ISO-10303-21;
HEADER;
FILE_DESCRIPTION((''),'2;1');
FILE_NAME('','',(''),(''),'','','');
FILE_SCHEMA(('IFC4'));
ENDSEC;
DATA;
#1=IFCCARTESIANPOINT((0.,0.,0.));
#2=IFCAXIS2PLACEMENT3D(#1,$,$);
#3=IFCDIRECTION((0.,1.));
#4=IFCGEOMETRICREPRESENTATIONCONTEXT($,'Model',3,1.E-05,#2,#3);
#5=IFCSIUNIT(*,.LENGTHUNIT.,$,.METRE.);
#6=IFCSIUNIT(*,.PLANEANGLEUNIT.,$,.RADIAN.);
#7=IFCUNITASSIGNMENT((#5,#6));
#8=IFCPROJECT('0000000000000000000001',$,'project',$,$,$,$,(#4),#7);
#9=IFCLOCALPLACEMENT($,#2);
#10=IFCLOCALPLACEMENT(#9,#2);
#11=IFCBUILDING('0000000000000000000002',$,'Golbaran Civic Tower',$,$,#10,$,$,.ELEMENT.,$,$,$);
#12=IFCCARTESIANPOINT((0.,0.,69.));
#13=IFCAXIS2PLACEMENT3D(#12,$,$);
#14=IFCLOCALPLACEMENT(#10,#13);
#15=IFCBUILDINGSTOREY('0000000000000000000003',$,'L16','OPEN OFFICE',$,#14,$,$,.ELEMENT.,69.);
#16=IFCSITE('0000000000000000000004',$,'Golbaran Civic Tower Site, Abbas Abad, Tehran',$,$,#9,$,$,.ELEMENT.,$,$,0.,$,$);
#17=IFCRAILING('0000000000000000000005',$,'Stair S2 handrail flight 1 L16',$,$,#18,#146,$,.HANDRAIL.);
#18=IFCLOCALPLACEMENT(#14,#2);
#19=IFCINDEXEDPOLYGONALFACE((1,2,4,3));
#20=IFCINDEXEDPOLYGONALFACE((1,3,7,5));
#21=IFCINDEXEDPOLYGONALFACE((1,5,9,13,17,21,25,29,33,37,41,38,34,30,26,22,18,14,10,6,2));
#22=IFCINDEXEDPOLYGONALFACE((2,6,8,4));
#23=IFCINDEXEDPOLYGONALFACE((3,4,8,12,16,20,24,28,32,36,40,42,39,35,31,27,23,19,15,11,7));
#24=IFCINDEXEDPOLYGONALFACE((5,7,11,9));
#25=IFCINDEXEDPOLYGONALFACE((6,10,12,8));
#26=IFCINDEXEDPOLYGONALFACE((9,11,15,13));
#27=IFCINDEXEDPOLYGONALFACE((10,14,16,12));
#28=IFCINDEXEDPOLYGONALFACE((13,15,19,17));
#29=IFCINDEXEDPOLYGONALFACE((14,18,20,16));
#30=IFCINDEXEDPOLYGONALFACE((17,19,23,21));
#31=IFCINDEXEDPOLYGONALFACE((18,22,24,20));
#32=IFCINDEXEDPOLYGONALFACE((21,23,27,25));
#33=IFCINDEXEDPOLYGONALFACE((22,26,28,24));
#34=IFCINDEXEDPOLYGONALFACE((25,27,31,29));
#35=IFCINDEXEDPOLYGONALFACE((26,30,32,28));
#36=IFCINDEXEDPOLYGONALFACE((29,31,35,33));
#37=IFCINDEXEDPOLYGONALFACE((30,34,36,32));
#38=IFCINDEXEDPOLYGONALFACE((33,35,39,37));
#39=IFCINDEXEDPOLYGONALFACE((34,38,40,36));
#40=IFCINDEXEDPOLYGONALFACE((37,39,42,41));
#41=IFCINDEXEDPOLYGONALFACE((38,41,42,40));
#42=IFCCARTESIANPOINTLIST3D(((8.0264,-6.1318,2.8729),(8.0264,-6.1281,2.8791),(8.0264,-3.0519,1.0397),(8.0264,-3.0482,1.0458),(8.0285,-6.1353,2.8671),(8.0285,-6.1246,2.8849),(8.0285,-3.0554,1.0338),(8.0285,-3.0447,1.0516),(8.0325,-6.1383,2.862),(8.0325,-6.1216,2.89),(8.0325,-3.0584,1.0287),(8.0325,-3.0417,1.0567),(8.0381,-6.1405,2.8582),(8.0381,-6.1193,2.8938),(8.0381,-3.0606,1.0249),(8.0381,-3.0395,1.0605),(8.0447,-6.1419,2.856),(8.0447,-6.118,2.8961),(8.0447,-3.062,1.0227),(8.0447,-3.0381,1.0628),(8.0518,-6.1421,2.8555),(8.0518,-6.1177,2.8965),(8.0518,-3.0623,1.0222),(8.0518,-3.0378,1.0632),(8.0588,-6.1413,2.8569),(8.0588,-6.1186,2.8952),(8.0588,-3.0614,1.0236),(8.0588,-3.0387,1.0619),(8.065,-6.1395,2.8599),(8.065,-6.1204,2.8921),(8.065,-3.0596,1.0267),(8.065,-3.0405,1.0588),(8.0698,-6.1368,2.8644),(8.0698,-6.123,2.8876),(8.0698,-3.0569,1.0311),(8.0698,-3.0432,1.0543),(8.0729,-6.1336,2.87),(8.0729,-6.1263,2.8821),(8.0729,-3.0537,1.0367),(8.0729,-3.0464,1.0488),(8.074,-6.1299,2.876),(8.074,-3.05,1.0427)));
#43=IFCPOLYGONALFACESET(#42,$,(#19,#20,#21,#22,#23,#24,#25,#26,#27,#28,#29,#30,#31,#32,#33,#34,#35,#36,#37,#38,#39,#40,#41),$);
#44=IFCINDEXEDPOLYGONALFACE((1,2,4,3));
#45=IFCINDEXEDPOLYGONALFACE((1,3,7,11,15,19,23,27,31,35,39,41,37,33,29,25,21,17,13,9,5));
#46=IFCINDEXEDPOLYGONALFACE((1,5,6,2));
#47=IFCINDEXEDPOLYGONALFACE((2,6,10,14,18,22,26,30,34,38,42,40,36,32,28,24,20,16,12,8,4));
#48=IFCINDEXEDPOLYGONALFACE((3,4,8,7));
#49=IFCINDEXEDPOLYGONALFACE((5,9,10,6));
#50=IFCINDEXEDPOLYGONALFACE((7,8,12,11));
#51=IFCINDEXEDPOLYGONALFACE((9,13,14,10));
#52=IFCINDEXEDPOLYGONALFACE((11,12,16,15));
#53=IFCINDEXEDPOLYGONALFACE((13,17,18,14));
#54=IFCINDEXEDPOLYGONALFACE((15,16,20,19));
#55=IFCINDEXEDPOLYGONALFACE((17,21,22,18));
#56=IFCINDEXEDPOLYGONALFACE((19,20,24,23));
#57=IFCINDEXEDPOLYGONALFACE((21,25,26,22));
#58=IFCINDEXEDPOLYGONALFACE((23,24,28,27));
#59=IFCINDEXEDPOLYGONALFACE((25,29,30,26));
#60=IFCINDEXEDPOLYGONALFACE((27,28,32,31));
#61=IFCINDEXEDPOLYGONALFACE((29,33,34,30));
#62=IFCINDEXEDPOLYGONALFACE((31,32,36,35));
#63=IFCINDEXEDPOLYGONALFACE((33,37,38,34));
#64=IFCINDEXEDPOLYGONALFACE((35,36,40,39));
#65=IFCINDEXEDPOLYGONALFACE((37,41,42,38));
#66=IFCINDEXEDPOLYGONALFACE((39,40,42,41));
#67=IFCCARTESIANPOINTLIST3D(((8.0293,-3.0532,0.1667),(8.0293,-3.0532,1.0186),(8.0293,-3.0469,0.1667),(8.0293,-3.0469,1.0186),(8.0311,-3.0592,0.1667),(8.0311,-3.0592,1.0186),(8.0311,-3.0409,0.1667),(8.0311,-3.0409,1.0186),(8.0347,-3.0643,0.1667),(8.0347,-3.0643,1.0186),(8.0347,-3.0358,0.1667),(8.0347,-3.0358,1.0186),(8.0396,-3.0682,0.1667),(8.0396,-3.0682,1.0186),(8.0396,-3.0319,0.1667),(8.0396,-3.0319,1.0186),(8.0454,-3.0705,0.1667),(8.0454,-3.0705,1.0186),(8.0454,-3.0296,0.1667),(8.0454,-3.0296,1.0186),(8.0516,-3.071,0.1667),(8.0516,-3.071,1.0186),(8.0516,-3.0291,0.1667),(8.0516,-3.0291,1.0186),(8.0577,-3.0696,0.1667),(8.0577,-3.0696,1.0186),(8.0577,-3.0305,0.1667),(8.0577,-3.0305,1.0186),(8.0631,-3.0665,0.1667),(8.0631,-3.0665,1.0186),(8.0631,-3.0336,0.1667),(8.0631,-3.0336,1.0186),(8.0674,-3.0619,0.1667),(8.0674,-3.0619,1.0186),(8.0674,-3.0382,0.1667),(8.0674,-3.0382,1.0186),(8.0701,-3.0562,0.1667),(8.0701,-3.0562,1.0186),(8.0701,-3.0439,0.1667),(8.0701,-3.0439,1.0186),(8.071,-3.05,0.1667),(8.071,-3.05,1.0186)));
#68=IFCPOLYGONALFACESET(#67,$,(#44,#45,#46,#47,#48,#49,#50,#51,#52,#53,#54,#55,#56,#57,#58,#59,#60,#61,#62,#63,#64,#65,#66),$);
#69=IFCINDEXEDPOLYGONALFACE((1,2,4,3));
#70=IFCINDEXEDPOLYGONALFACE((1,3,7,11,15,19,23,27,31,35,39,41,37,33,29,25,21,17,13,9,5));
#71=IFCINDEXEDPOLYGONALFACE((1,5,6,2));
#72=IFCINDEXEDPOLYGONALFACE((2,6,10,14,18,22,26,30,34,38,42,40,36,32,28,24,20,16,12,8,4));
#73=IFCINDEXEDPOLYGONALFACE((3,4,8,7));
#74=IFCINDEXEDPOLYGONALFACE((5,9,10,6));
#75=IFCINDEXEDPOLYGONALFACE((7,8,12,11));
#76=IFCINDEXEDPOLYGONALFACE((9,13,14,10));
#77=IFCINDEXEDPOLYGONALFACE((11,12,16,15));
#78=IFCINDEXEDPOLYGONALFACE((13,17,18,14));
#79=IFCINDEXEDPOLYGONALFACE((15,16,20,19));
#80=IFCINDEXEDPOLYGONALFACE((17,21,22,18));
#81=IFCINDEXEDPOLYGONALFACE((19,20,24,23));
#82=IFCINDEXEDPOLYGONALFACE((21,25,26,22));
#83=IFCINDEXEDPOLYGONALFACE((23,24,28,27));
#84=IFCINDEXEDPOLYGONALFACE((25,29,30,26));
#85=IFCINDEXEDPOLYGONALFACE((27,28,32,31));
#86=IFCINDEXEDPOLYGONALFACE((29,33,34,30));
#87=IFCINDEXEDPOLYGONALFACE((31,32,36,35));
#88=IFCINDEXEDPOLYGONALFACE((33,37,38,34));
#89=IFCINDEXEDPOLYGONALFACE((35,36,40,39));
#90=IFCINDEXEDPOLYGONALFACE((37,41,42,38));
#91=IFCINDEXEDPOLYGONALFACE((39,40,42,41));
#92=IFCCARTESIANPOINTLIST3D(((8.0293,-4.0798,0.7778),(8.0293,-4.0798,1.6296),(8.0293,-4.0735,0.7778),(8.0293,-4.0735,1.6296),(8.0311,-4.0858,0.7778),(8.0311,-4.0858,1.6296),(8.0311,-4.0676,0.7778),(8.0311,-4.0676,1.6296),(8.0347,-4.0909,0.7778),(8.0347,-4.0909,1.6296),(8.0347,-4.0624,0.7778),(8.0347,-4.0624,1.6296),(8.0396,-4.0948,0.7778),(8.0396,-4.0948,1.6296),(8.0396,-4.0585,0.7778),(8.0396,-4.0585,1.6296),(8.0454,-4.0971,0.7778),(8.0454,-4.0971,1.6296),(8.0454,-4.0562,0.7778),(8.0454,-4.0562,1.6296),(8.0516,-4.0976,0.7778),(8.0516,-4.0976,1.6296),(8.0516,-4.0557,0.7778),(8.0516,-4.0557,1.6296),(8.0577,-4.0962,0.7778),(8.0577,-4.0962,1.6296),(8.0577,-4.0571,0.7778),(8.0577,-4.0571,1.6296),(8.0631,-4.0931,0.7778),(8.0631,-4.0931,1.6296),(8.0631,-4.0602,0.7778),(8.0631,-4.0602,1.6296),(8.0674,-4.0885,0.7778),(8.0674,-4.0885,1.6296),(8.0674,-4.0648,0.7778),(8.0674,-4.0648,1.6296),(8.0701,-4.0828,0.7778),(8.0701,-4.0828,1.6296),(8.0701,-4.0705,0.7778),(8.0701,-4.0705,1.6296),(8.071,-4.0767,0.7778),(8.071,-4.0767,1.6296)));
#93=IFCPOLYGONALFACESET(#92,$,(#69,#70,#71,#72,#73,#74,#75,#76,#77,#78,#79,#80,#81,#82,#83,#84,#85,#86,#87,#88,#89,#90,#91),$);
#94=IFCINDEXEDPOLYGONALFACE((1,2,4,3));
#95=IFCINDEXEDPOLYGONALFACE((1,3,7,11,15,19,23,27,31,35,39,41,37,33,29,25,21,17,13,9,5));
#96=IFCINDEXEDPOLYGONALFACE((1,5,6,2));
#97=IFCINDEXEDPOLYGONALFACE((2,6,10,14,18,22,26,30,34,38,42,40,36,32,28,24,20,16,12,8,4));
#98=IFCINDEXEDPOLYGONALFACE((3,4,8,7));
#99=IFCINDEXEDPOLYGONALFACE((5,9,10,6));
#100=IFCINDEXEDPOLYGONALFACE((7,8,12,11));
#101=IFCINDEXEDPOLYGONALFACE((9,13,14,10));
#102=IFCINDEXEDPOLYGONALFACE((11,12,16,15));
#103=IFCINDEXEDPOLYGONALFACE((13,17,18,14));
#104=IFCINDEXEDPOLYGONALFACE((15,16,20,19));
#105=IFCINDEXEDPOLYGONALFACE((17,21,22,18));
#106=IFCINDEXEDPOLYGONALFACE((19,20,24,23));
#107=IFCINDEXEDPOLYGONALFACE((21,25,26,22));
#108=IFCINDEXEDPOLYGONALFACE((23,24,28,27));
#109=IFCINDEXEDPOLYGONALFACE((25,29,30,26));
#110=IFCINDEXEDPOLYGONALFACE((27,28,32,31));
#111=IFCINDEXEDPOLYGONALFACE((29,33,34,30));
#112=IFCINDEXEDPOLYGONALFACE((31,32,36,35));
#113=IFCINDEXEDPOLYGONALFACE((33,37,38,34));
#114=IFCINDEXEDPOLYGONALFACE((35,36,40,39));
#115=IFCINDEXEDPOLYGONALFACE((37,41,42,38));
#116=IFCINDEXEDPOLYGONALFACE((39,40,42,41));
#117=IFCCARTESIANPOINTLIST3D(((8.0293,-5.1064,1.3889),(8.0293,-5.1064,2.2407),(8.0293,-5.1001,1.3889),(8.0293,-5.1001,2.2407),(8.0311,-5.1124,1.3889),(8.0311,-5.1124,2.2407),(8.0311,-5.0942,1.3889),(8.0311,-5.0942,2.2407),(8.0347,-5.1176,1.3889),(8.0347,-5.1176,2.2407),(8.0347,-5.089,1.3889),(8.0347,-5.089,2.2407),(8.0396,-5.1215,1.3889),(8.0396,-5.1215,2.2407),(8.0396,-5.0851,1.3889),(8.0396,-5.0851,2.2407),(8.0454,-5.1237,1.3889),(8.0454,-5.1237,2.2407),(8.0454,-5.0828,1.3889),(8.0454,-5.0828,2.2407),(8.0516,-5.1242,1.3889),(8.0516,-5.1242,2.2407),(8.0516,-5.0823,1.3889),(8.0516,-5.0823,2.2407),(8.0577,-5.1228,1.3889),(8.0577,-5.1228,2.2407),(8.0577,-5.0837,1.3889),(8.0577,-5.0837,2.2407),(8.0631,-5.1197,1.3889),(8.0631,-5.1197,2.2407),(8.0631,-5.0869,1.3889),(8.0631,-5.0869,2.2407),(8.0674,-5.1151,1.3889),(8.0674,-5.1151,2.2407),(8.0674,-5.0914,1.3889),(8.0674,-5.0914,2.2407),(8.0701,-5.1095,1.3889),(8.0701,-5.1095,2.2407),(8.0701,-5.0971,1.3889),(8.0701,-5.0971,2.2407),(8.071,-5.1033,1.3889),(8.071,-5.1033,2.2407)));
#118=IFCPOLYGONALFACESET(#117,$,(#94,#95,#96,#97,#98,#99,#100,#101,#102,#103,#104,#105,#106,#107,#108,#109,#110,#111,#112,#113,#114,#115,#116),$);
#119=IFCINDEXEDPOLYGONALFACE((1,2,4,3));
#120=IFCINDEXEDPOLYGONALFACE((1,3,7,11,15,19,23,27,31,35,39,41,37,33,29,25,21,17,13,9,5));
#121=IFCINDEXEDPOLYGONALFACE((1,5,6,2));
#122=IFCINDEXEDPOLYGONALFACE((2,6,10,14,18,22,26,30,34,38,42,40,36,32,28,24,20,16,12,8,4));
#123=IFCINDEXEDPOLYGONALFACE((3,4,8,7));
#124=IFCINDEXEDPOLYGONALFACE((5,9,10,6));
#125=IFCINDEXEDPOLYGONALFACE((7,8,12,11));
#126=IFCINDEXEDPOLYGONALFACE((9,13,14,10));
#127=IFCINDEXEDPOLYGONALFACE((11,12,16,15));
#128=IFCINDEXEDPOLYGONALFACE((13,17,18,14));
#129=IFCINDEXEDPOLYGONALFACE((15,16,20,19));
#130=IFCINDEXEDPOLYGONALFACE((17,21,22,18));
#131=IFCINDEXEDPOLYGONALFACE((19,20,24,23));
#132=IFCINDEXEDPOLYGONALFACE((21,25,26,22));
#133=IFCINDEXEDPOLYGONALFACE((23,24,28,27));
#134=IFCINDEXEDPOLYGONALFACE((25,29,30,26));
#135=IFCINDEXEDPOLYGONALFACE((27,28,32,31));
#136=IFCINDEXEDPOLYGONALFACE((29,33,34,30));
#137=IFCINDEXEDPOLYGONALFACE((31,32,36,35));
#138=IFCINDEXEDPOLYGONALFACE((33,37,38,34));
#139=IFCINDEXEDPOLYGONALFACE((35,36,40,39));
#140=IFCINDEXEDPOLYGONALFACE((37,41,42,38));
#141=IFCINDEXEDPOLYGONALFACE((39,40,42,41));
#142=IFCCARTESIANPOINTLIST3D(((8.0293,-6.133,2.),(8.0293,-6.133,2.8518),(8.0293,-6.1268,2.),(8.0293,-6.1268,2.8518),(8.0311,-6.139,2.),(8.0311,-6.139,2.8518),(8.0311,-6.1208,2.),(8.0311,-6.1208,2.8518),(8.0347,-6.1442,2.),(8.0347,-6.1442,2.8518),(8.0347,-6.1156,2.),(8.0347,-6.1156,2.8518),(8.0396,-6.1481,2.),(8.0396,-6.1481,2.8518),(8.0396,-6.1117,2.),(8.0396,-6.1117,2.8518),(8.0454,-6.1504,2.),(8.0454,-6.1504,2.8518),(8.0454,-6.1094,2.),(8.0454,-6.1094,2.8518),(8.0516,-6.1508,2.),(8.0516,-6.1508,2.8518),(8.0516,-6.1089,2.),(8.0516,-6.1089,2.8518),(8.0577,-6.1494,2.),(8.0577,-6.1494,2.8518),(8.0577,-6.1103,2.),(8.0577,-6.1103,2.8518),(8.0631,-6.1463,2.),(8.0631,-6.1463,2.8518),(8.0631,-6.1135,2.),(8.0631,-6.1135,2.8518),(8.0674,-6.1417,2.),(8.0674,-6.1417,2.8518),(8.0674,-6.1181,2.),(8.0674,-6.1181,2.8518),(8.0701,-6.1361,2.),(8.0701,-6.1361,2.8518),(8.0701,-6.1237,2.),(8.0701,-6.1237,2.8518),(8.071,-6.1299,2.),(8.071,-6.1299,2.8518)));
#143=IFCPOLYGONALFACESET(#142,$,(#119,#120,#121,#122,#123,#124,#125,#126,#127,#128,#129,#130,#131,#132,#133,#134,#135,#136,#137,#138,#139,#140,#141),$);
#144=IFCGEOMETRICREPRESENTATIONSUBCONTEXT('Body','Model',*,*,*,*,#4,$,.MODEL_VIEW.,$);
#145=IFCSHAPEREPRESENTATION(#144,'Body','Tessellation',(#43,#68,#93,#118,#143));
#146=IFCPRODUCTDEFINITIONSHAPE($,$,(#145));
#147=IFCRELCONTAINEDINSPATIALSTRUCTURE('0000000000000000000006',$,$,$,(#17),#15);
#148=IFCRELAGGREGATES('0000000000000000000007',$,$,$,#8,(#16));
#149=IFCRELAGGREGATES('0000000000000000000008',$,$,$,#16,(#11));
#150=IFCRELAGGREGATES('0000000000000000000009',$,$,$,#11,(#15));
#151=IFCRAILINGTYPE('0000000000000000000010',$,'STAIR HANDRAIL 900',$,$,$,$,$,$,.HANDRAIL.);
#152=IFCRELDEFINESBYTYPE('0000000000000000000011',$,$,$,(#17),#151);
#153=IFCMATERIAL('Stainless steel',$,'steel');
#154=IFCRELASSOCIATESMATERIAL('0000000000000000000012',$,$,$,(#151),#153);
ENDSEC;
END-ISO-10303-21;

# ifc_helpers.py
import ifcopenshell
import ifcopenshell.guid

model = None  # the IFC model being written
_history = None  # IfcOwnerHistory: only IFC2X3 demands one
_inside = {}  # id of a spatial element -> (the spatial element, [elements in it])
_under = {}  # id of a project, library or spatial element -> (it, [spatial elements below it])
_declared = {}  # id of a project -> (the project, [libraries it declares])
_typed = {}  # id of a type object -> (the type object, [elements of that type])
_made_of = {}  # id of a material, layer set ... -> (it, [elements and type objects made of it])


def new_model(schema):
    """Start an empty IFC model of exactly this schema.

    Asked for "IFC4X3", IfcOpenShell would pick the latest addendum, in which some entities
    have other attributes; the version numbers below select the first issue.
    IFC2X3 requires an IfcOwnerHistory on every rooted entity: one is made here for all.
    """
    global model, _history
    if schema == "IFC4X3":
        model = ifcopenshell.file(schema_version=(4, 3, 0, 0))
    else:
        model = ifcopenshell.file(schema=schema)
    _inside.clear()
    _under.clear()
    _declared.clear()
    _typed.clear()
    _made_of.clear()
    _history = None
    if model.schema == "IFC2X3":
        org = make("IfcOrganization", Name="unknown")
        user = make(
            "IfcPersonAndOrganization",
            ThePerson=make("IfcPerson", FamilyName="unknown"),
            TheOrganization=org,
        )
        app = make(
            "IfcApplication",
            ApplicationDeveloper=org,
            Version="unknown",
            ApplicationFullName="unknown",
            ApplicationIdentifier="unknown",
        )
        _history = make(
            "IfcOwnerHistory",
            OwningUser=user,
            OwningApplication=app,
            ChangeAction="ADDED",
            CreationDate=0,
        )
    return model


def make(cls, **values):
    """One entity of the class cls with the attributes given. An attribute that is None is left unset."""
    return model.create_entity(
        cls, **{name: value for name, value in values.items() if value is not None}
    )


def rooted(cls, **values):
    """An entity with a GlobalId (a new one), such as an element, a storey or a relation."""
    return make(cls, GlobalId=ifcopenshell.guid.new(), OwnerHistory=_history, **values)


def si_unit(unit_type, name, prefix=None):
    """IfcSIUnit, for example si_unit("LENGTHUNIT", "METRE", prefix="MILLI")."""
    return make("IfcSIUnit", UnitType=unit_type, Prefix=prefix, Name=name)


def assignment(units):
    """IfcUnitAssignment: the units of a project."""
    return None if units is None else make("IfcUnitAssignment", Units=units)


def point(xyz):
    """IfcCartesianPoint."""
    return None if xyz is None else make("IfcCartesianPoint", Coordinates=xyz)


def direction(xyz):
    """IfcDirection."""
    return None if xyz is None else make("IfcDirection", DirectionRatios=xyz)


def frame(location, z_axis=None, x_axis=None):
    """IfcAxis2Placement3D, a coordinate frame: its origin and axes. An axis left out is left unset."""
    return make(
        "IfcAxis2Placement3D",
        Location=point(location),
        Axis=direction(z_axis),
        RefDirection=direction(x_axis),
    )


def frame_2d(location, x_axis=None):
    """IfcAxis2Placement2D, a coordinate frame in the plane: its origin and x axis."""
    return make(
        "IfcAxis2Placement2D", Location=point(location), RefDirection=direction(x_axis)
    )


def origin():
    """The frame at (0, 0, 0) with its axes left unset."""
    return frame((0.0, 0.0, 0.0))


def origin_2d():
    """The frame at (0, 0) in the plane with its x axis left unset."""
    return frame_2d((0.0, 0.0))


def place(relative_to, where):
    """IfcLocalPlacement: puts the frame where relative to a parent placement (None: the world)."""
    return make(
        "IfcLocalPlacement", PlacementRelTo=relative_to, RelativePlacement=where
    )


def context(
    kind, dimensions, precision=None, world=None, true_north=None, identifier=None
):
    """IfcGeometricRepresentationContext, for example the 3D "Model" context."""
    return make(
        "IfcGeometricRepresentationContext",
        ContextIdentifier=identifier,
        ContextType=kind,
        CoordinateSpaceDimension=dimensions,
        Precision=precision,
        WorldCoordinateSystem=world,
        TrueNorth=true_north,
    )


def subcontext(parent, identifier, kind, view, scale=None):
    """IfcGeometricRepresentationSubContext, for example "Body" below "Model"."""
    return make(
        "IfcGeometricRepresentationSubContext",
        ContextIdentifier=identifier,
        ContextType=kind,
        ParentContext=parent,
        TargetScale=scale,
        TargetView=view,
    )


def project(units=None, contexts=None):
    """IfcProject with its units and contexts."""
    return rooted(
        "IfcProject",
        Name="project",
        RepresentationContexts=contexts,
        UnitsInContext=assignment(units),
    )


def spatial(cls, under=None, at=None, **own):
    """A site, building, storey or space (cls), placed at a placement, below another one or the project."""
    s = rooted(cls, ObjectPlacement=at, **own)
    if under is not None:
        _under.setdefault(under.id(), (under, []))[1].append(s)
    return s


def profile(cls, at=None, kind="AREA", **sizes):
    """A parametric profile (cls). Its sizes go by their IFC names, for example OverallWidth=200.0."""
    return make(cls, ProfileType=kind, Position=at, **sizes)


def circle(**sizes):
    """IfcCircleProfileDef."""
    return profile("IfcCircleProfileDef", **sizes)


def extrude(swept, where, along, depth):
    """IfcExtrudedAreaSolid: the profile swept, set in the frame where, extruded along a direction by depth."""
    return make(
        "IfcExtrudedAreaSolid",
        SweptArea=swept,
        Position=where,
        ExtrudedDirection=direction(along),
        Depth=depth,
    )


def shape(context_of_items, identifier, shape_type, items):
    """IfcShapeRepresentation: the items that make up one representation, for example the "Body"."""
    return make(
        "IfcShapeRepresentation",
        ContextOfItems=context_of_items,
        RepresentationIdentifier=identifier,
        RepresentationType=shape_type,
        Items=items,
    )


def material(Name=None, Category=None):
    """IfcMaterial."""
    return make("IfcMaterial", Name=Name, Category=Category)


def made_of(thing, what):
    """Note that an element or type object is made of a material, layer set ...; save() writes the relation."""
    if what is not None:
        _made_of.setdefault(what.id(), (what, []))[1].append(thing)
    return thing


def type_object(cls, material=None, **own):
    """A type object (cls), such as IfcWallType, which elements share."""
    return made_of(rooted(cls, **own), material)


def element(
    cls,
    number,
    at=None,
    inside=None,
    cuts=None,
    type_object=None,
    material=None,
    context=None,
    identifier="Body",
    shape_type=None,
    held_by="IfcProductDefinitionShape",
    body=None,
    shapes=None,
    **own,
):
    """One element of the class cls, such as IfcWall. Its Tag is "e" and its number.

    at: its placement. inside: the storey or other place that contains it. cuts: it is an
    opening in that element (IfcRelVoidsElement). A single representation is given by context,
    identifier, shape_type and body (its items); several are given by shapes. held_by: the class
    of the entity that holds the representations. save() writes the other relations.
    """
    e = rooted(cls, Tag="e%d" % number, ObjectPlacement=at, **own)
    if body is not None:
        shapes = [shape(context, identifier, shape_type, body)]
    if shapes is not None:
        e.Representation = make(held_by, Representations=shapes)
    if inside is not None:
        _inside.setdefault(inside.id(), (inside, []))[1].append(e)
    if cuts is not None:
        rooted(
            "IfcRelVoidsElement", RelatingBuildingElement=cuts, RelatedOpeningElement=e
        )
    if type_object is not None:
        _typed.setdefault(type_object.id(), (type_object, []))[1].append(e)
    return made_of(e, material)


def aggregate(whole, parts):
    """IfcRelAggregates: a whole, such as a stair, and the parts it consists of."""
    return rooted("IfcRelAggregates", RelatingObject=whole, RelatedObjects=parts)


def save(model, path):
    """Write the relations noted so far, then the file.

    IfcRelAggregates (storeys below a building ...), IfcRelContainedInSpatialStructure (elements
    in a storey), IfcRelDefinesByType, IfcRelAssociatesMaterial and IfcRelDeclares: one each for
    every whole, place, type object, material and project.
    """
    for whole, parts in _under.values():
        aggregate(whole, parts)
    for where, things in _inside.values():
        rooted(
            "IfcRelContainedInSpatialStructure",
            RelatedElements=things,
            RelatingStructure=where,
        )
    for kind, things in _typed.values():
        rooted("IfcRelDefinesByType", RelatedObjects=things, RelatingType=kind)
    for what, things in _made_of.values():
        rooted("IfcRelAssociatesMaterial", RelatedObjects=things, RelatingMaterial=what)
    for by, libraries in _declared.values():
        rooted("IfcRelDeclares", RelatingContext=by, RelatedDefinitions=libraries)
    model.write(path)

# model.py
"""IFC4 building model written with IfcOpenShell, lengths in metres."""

from ifc_helpers import new_model, si_unit, direction, frame, origin, origin_2d, place, context, subcontext, project, spatial, circle, extrude, material, type_object, element, save


model = new_model("IFC4")

# Units and contexts
model_context = context("Model", 3, precision=1e-05, world=origin(), true_north=direction((0.0, 1.0)))
body_context = subcontext(model_context, "Body", "Model", "MODEL_VIEW")
ifc_project = project(units=[si_unit("LENGTHUNIT", "METRE"), si_unit("PLANEANGLEUNIT", "RADIAN")], contexts=[model_context])

# Site, building, storey
site_placement = place(None, origin())
site = spatial("IfcSite", under=ifc_project, at=site_placement, Name="Golbaran Civic Tower Site, Abbas Abad, Tehran", CompositionType="ELEMENT", RefElevation=0.0)
building_placement = place(site_placement, origin())
building = spatial("IfcBuilding", under=site, at=building_placement, Name="Golbaran Civic Tower", CompositionType="ELEMENT")
storey_placement = place(building_placement, frame((0.0, 0.0, 69.0)))
storey = spatial("IfcBuildingStorey", under=building, at=storey_placement, Name="L16", Description="OPEN OFFICE", CompositionType="ELEMENT", Elevation=69.0)

# Shared definitions
ifc_material_1 = material(Name="Stainless steel", Category="steel")

# Railing
railing_type = type_object("IfcRailingType", Name="STAIR HANDRAIL 900", PredefinedType="HANDRAIL", material=ifc_material_1)
railing_1_placement = place(storey_placement, frame((8.05, -3.05, 0.1667)))
element("IfcRailing", 1, at=railing_1_placement, inside=storey, type_object=railing_type, Name="Stair S2 handrail flight 1 L16", PredefinedType="HANDRAIL", context=body_context, shape_type="SweptSolid", body=[
    extrude(circle(Radius=0.0239, at=origin_2d()), frame((0.0, 0.0, 0.876), z_axis=(0.0, -0.859291, 0.511487), x_axis=(1.0, 0.0, 0.0)), (0.0, 0.0, 1.0), 3.5842),
    extrude(circle(Radius=0.021, at=origin_2d()), origin(), (0.0, 0.0, 1.0), 0.8518),
    extrude(circle(Radius=0.021, at=origin_2d()), frame((0.0, -1.0266, 0.6111)), (0.0, 0.0, 1.0), 0.8518),
    extrude(circle(Radius=0.021, at=origin_2d()), frame((0.0, -2.0532, 1.2222)), (0.0, 0.0, 1.0), 0.8518),
    extrude(circle(Radius=0.021, at=origin_2d()), frame((0.0, -3.0798, 1.8333)), (0.0, 0.0, 1.0), 0.8518),
])

save(model, "model.ifc")
